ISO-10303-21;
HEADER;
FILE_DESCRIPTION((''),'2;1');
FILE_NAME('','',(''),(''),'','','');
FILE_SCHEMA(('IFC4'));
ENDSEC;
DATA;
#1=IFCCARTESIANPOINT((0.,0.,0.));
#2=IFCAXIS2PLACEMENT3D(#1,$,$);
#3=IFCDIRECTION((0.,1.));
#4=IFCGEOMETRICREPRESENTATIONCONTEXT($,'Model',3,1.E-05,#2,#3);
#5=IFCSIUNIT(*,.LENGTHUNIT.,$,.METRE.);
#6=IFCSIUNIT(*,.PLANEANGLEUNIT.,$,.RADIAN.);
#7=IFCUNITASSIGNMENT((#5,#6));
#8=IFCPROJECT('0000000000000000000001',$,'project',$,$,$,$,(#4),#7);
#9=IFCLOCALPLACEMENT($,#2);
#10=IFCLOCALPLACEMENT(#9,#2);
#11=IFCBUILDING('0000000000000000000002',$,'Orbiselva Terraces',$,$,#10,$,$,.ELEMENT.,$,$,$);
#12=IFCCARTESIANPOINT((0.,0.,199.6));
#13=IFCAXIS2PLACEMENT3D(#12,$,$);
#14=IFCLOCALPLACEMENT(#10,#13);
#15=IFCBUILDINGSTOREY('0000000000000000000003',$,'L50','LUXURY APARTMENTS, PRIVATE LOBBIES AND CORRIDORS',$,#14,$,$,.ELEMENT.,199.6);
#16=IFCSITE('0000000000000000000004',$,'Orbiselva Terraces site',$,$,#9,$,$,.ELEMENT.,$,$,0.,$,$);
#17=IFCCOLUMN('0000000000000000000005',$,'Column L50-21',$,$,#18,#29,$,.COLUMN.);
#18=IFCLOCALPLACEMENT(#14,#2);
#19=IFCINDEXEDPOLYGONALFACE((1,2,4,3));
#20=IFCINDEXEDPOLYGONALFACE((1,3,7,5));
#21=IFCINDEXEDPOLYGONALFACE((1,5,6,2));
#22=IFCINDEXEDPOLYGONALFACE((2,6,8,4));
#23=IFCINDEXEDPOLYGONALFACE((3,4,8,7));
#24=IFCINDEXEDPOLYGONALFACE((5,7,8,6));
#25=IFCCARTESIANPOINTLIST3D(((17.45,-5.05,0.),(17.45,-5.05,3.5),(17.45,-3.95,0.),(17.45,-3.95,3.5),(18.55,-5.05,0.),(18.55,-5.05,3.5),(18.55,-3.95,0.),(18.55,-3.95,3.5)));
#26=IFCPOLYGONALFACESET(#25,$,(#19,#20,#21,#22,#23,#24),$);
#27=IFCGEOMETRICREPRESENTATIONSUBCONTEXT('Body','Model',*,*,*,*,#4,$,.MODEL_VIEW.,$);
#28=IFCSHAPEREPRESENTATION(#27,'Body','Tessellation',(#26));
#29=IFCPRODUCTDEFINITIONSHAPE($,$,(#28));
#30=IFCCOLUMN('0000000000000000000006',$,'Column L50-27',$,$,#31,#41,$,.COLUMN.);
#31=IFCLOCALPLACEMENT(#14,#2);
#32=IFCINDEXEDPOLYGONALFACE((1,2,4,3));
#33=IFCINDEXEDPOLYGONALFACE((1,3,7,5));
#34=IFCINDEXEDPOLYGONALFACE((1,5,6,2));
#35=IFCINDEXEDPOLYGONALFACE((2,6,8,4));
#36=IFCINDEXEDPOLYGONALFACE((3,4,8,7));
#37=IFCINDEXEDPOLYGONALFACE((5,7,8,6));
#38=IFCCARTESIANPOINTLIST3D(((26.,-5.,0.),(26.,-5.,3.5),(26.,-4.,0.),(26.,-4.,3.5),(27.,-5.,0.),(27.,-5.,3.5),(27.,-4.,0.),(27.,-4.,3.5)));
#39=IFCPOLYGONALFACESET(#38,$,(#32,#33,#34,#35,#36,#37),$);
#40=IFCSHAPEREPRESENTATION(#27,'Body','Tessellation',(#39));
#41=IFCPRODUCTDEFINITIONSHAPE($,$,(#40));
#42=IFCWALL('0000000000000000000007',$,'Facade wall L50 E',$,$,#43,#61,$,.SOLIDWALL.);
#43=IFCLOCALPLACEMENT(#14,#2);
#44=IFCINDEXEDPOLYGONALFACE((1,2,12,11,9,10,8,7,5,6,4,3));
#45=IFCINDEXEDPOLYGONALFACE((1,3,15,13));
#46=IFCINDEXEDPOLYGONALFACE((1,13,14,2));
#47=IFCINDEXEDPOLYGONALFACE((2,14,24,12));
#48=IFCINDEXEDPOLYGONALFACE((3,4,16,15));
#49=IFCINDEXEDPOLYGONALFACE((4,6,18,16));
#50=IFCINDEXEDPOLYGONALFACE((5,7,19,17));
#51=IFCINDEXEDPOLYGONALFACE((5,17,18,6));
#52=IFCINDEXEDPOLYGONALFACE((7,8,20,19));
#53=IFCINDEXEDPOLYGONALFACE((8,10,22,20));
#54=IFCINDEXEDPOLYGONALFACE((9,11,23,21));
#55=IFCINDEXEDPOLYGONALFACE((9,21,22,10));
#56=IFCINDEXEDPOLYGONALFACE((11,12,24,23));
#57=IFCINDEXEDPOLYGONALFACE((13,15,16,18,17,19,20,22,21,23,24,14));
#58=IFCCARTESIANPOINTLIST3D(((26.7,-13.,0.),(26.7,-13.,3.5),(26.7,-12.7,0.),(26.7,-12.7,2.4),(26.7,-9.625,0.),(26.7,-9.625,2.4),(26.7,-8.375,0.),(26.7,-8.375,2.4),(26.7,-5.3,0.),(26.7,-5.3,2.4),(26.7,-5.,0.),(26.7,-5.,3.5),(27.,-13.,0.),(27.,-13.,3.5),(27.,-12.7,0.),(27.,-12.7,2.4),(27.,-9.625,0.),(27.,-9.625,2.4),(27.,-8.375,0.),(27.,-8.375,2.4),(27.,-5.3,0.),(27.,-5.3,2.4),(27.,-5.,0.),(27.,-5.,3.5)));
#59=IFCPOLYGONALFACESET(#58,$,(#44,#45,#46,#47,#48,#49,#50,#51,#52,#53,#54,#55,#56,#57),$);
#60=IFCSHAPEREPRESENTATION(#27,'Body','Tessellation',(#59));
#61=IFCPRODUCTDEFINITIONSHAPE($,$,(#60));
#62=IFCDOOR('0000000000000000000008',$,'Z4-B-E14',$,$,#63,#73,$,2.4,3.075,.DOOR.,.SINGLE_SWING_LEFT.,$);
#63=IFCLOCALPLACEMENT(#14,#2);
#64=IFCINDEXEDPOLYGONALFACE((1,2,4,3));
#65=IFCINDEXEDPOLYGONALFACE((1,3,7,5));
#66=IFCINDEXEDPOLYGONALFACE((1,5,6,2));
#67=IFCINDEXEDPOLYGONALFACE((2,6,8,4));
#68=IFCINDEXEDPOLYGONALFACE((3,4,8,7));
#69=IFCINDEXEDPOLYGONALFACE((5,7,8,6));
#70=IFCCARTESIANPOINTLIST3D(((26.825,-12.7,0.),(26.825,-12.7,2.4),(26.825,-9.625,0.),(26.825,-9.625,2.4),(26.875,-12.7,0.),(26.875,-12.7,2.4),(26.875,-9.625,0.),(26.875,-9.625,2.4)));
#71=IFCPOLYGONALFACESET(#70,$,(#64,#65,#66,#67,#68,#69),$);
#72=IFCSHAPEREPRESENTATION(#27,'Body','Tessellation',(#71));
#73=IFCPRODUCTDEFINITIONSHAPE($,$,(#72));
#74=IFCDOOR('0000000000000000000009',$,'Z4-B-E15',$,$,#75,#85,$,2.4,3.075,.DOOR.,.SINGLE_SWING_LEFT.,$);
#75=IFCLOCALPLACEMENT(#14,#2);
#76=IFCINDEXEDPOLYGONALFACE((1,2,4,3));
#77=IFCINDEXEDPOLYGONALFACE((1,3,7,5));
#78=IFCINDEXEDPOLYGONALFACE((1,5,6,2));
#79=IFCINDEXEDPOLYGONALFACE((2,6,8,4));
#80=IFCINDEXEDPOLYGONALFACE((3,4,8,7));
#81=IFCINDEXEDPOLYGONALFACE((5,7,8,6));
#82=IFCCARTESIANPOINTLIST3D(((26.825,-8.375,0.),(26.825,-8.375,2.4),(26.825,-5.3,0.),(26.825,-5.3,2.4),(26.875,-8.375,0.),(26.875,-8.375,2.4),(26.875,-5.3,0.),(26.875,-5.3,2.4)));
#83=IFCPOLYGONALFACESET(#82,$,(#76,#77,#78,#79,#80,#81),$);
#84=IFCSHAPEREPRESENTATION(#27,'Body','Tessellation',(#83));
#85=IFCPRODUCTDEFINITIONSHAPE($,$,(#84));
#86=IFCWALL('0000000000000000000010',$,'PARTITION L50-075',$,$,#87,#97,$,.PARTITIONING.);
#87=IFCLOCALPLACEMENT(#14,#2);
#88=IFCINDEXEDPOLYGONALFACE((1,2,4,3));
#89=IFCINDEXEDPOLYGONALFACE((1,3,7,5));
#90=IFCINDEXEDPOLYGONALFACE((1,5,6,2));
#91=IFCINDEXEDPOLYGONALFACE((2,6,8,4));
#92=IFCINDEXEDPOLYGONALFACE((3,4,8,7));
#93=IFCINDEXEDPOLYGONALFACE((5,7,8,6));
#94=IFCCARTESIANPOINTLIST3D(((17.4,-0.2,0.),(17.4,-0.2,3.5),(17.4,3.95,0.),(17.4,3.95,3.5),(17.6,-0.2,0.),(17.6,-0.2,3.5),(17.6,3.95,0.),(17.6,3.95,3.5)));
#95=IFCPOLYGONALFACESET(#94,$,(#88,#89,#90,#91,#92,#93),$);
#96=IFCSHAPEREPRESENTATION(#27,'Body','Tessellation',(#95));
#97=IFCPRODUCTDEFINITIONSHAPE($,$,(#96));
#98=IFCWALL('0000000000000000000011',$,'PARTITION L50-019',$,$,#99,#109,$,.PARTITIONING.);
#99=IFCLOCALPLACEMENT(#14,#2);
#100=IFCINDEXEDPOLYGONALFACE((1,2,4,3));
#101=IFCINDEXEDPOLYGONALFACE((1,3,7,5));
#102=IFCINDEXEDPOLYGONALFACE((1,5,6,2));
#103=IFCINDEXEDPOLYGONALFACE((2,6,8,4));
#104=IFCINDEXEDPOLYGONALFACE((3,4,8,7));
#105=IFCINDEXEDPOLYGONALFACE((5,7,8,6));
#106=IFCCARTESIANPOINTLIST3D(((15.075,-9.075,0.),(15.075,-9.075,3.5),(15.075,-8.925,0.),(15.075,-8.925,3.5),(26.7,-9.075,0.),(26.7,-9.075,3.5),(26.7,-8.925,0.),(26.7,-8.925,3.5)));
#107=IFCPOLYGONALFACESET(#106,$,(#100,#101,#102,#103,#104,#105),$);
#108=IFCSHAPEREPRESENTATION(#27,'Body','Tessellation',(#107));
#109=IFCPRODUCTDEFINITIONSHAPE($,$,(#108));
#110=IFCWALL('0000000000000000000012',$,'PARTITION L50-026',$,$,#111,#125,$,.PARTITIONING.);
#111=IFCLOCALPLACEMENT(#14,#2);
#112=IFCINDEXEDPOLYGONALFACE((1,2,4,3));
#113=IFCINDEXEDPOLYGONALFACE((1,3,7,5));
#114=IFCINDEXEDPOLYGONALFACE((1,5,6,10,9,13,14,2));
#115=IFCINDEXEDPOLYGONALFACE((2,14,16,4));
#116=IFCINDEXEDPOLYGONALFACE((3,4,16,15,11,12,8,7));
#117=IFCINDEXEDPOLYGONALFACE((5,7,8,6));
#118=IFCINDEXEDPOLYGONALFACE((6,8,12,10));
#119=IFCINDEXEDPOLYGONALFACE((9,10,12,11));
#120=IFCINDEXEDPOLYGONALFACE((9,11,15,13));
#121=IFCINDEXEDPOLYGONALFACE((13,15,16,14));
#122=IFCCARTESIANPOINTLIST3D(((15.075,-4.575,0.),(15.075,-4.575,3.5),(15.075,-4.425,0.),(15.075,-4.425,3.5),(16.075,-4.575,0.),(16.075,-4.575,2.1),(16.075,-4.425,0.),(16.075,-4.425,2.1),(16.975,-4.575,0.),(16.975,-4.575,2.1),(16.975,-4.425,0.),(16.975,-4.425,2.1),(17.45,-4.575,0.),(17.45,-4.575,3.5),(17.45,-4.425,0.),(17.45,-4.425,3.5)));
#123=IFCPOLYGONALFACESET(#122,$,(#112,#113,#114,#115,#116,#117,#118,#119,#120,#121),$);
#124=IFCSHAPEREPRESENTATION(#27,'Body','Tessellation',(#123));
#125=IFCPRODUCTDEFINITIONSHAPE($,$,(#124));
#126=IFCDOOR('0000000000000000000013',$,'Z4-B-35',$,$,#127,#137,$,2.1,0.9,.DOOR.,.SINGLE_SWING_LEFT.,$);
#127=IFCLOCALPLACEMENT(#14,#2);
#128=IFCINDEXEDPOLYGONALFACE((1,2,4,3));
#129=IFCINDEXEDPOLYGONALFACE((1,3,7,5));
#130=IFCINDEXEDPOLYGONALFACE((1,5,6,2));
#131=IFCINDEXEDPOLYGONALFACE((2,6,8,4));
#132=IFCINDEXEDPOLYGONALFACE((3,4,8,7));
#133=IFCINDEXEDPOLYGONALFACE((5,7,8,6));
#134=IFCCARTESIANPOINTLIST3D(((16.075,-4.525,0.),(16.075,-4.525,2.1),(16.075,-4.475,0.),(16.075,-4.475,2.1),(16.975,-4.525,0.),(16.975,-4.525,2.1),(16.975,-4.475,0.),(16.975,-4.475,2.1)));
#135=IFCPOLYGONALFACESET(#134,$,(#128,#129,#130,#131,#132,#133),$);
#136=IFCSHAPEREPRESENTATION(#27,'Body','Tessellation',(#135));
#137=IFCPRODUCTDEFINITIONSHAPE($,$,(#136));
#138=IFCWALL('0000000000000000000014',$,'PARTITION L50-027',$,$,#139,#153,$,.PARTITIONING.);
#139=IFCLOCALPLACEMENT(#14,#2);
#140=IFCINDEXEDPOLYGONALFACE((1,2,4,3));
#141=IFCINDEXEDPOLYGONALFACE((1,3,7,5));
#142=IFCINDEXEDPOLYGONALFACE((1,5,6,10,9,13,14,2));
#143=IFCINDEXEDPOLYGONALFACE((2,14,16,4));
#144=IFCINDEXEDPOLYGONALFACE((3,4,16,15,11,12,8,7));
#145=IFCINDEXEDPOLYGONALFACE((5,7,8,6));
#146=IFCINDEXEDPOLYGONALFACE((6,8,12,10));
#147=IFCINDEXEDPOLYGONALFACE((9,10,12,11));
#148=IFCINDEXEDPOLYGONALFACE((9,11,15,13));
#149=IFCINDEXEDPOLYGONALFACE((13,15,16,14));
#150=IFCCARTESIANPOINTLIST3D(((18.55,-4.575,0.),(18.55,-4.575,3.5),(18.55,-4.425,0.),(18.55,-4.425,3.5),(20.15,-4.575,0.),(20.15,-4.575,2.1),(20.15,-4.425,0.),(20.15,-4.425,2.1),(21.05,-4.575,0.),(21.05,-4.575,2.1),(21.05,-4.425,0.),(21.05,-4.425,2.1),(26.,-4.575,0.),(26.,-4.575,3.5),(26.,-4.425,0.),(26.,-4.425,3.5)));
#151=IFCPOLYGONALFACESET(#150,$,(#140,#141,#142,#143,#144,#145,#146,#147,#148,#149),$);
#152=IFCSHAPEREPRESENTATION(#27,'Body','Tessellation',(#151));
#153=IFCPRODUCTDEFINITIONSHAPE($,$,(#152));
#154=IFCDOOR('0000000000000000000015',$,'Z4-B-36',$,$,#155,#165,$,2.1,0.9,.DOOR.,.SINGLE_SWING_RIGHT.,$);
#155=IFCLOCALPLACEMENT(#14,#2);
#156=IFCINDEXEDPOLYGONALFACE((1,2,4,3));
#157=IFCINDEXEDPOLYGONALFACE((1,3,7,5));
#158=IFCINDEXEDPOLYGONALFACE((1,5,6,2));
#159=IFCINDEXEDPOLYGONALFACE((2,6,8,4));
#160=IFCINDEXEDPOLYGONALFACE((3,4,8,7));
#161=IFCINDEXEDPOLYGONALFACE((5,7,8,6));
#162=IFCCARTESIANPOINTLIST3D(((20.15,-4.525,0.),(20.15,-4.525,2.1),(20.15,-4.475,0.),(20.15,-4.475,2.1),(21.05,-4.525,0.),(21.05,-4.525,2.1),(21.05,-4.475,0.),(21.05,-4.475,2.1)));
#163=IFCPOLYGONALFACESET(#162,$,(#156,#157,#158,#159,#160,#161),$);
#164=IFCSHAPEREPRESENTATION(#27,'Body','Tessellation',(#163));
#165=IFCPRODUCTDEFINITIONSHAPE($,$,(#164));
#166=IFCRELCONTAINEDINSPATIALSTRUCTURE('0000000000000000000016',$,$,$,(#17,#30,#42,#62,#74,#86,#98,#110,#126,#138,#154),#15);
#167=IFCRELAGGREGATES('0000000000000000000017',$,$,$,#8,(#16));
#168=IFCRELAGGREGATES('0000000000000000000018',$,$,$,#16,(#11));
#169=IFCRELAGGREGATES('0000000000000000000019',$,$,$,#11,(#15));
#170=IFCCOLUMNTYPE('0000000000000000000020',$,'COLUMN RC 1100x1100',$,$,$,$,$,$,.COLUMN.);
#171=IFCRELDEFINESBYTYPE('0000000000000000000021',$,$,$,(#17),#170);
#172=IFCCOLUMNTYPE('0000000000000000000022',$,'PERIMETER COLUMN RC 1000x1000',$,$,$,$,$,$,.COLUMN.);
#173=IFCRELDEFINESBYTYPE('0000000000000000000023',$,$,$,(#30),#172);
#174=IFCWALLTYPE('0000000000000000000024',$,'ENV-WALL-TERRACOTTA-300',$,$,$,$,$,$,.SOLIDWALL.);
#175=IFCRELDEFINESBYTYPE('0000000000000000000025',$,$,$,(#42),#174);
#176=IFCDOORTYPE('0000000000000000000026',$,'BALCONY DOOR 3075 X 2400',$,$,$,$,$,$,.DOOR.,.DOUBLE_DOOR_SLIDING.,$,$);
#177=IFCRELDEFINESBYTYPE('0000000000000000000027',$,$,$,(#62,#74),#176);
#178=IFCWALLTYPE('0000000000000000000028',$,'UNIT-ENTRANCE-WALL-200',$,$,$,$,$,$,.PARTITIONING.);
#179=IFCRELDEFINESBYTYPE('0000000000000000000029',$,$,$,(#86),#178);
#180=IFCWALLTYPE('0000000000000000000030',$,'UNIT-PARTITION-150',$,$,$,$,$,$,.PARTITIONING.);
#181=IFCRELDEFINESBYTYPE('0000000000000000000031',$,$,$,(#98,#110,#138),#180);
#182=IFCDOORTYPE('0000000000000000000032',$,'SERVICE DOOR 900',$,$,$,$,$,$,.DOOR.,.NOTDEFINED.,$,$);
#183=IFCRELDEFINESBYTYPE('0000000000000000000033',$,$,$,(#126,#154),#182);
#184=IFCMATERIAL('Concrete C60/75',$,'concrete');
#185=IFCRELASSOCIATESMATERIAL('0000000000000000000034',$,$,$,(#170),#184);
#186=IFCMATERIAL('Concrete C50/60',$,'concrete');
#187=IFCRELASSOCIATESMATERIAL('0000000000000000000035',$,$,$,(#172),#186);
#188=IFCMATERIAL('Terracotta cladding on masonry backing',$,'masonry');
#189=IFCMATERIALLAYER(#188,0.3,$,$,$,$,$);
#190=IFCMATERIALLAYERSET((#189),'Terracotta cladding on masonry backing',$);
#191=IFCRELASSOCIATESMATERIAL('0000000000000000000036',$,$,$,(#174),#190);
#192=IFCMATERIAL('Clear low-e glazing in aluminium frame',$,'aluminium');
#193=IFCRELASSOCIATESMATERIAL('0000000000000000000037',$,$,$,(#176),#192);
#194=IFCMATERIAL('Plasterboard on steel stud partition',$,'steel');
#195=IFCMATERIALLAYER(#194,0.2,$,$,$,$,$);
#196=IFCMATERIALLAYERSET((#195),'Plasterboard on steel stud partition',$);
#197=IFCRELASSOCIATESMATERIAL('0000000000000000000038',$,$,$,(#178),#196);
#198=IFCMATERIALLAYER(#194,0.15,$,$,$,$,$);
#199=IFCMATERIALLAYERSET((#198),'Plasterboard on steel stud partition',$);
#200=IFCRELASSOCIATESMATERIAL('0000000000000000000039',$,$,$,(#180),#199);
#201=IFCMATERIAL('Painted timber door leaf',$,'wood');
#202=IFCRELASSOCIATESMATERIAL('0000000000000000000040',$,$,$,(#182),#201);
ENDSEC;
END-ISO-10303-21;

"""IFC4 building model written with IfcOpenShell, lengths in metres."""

from ifc_helpers import new_model, si_unit, direction, frame, frame_2d, origin, origin_2d, place, context, subcontext, project, spatial, rectangle, extrude, material, layer, layer_set, material_profile, profile_set, type_object, element, fill, save


model = new_model("IFC4")

# Units and contexts
model_context = context("Model", 3, precision=1e-05, world=origin(), true_north=direction((0.0, 1.0)))
body_context = subcontext(model_context, "Body", "Model", "MODEL_VIEW")
ifc_project = project(units=[si_unit("LENGTHUNIT", "METRE"), si_unit("PLANEANGLEUNIT", "RADIAN")], contexts=[model_context])

# Site, building, storey
site_placement = place(None, origin())
site = spatial("IfcSite", under=ifc_project, at=site_placement, Name="Orbiselva Terraces site", CompositionType="ELEMENT", RefElevation=0.0)
building_placement = place(site_placement, origin())
building = spatial("IfcBuilding", under=site, at=building_placement, Name="Orbiselva Terraces", CompositionType="ELEMENT")
storey_placement = place(building_placement, frame((0.0, 0.0, 199.6)))
storey = spatial("IfcBuildingStorey", under=building, at=storey_placement, Name="L50", Description="LUXURY APARTMENTS, PRIVATE LOBBIES AND CORRIDORS", CompositionType="ELEMENT", Elevation=199.6)

# Columns
ifc_material_1 = material(Name="Concrete C60/75", Category="concrete")
ifc_material_profile_1 = material_profile(ifc_material_1, rectangle(XDim=1.1, YDim=1.1, at=origin_2d()), Name="RC 1100x1100")
ifc_profile_set_1 = profile_set([ifc_material_profile_1], Name="Concrete C60/75")
column_type_1 = type_object("IfcColumnType", Name="COLUMN RC 1100x1100", PredefinedType="COLUMN", material=ifc_profile_set_1)
column_1_placement = place(storey_placement, frame((18.0, -4.5, 0.0), z_axis=(0.0, 0.0, 1.0), x_axis=(1.0, 0.0, 0.0)))
element("IfcColumn", 1, at=column_1_placement, inside=storey, type_object=column_type_1, Name="Column L50-21", PredefinedType="COLUMN", context=body_context, shape_type="SweptSolid", body=[
    extrude(rectangle(XDim=1.1, YDim=1.1, at=origin_2d()), origin(), (0.0, 0.0, 1.0), 3.5),
])
ifc_material_2 = material(Name="Concrete C50/60", Category="concrete")
ifc_material_profile_2 = material_profile(ifc_material_2, rectangle(XDim=1.0, YDim=1.0, at=origin_2d()), Name="RC 1000x1000")
ifc_profile_set_2 = profile_set([ifc_material_profile_2], Name="Concrete C50/60")
column_type_2 = type_object("IfcColumnType", Name="PERIMETER COLUMN RC 1000x1000", PredefinedType="COLUMN", material=ifc_profile_set_2)
column_2_placement = place(storey_placement, frame((26.5, -4.5, 0.0), z_axis=(0.0, 0.0, 1.0), x_axis=(1.0, 0.0, 0.0)))
element("IfcColumn", 2, at=column_2_placement, inside=storey, type_object=column_type_2, Name="Column L50-27", PredefinedType="COLUMN", context=body_context, shape_type="SweptSolid", body=[
    extrude(rectangle(XDim=1.0, YDim=1.0, at=origin_2d()), origin(), (0.0, 0.0, 1.0), 3.5),
])

# Wall, openings, doors
ifc_material_3 = material(Name="Terracotta cladding on masonry backing", Category="masonry")
ifc_layer_1 = layer(ifc_material_3, 0.3)
ifc_layer_set_1 = layer_set([ifc_layer_1], Name="Terracotta cladding on masonry backing")
wall_type_1 = type_object("IfcWallType", Name="ENV-WALL-TERRACOTTA-300", PredefinedType="SOLIDWALL", material=ifc_layer_set_1)
wall_1_placement = place(storey_placement, frame((26.85, -5.0, 0.0), z_axis=(0.0, 0.0, 1.0), x_axis=(0.0, -1.0, 0.0)))
wall_1 = element("IfcWall", 3, at=wall_1_placement, inside=storey, type_object=wall_type_1, Name="Facade wall L50 E", PredefinedType="SOLIDWALL", context=body_context, shape_type="SweptSolid", body=[
    extrude(rectangle(XDim=8.0, YDim=0.3, at=frame_2d((4.0, 0.0))), origin(), (0.0, 0.0, 1.0), 3.5),
])
opening_1_placement = place(wall_1_placement, frame((4.625, 0.0, 0.0)))
opening_1 = element("IfcOpeningElement", 4, at=opening_1_placement, cuts=wall_1, PredefinedType="OPENING", context=body_context, shape_type="SweptSolid", body=[
    extrude(rectangle(XDim=3.075, YDim=2.4, at=frame_2d((1.5375, 1.2))), frame((0.0, 0.16, 0.0), z_axis=(0.0, -1.0, 0.0), x_axis=(1.0, 0.0, 0.0)), (0.0, 0.0, 1.0), 0.32),
])
opening_2_placement = place(wall_1_placement, frame((0.3, 0.0, 0.0)))
opening_2 = element("IfcOpeningElement", 5, at=opening_2_placement, cuts=wall_1, PredefinedType="OPENING", context=body_context, shape_type="SweptSolid", body=[
    extrude(rectangle(XDim=3.075, YDim=2.4, at=frame_2d((1.5375, 1.2))), frame((0.0, 0.16, 0.0), z_axis=(0.0, -1.0, 0.0), x_axis=(1.0, 0.0, 0.0)), (0.0, 0.0, 1.0), 0.32),
])
ifc_material_4 = material(Name="Clear low-e glazing in aluminium frame", Category="aluminium")
door_type_1 = type_object("IfcDoorType", Name="BALCONY DOOR 3075 X 2400", OperationType="DOUBLE_DOOR_SLIDING", PredefinedType="DOOR", material=ifc_material_4)
door_1_placement = place(opening_1_placement, origin())
door_1 = element("IfcDoor", 6, at=door_1_placement, inside=storey, type_object=door_type_1, Name="Z4-B-E14", OperationType="SINGLE_SWING_LEFT", OverallHeight=2.4, OverallWidth=3.075, PredefinedType="DOOR", context=body_context, shape_type="SweptSolid", body=[
    extrude(rectangle(XDim=3.075, YDim=2.4, at=frame_2d((1.5375, 1.2))), frame((0.0, 0.025, 0.0), z_axis=(0.0, -1.0, 0.0), x_axis=(1.0, 0.0, 0.0)), (0.0, 0.0, 1.0), 0.05),
])
fill(opening_1, door_1)
door_2_placement = place(opening_2_placement, origin())
door_2 = element("IfcDoor", 7, at=door_2_placement, inside=storey, type_object=door_type_1, Name="Z4-B-E15", OperationType="SINGLE_SWING_LEFT", OverallHeight=2.4, OverallWidth=3.075, PredefinedType="DOOR", context=body_context, shape_type="SweptSolid", body=[
    extrude(rectangle(XDim=3.075, YDim=2.4, at=frame_2d((1.5375, 1.2))), frame((0.0, 0.025, 0.0), z_axis=(0.0, -1.0, 0.0), x_axis=(1.0, 0.0, 0.0)), (0.0, 0.0, 1.0), 0.05),
])
fill(opening_2, door_2)

# Walls
ifc_material_5 = material(Name="Plasterboard on steel stud partition", Category="steel")
ifc_layer_2 = layer(ifc_material_5, 0.2)
ifc_layer_set_2 = layer_set([ifc_layer_2], Name="Plasterboard on steel stud partition")
wall_type_2 = type_object("IfcWallType", Name="UNIT-ENTRANCE-WALL-200", PredefinedType="PARTITIONING", material=ifc_layer_set_2)
wall_2_placement = place(storey_placement, frame((17.5, -0.2, 0.0), z_axis=(0.0, 0.0, 1.0), x_axis=(0.0, 1.0, 0.0)))
element("IfcWall", 8, at=wall_2_placement, inside=storey, type_object=wall_type_2, Name="PARTITION L50-075", PredefinedType="PARTITIONING", context=body_context, shape_type="SweptSolid", body=[
    extrude(rectangle(XDim=4.15, YDim=0.2, at=frame_2d((2.075, 0.0))), origin(), (0.0, 0.0, 1.0), 3.5),
])
ifc_layer_3 = layer(ifc_material_5, 0.15)
ifc_layer_set_3 = layer_set([ifc_layer_3], Name="Plasterboard on steel stud partition")
wall_type_3 = type_object("IfcWallType", Name="UNIT-PARTITION-150", PredefinedType="PARTITIONING", material=ifc_layer_set_3)
wall_3_placement = place(storey_placement, frame((15.075, -9.0, 0.0), z_axis=(0.0, 0.0, 1.0), x_axis=(1.0, 0.0, 0.0)))
element("IfcWall", 9, at=wall_3_placement, inside=storey, type_object=wall_type_3, Name="PARTITION L50-019", PredefinedType="PARTITIONING", context=body_context, shape_type="SweptSolid", body=[
    extrude(rectangle(XDim=11.625, YDim=0.15, at=frame_2d((5.8125, 0.0))), origin(), (0.0, 0.0, 1.0), 3.5),
])

# Walls, openings, doors
wall_4_placement = place(storey_placement, frame((17.45, -4.5, 0.0), z_axis=(0.0, 0.0, 1.0), x_axis=(-1.0, 0.0, 0.0)))
wall_4 = element("IfcWall", 10, at=wall_4_placement, inside=storey, type_object=wall_type_3, Name="PARTITION L50-026", PredefinedType="PARTITIONING", context=body_context, shape_type="SweptSolid", body=[
    extrude(rectangle(XDim=2.375, YDim=0.15, at=frame_2d((1.1875, 0.0))), origin(), (0.0, 0.0, 1.0), 3.5),
])
opening_3_placement = place(wall_4_placement, frame((0.475, 0.0, 0.0)))
opening_3 = element("IfcOpeningElement", 11, at=opening_3_placement, cuts=wall_4, PredefinedType="OPENING", context=body_context, shape_type="SweptSolid", body=[
    extrude(rectangle(XDim=0.9, YDim=2.1, at=frame_2d((0.45, 1.05))), frame((0.0, 0.085, 0.0), z_axis=(0.0, -1.0, 0.0), x_axis=(1.0, 0.0, 0.0)), (0.0, 0.0, 1.0), 0.17),
])
ifc_material_6 = material(Name="Painted timber door leaf", Category="wood")
door_type_2 = type_object("IfcDoorType", Name="SERVICE DOOR 900", OperationType="NOTDEFINED", PredefinedType="DOOR", material=ifc_material_6)
door_3_placement = place(opening_3_placement, origin())
door_3 = element("IfcDoor", 12, at=door_3_placement, inside=storey, type_object=door_type_2, Name="Z4-B-35", OperationType="SINGLE_SWING_LEFT", OverallHeight=2.1, OverallWidth=0.9, PredefinedType="DOOR", context=body_context, shape_type="SweptSolid", body=[
    extrude(rectangle(XDim=0.9, YDim=2.1, at=frame_2d((0.45, 1.05))), frame((0.0, 0.025, 0.0), z_axis=(0.0, -1.0, 0.0), x_axis=(1.0, 0.0, 0.0)), (0.0, 0.0, 1.0), 0.05),
])
fill(opening_3, door_3)
wall_5_placement = place(storey_placement, frame((26.0, -4.5, 0.0), z_axis=(0.0, 0.0, 1.0), x_axis=(-1.0, 0.0, 0.0)))
wall_5 = element("IfcWall", 13, at=wall_5_placement, inside=storey, type_object=wall_type_3, Name="PARTITION L50-027", PredefinedType="PARTITIONING", context=body_context, shape_type="SweptSolid", body=[
    extrude(rectangle(XDim=7.45, YDim=0.15, at=frame_2d((3.725, 0.0))), origin(), (0.0, 0.0, 1.0), 3.5),
])
opening_4_placement = place(wall_5_placement, frame((4.95, 0.0, 0.0)))
opening_4 = element("IfcOpeningElement", 14, at=opening_4_placement, cuts=wall_5, PredefinedType="OPENING", context=body_context, shape_type="SweptSolid", body=[
    extrude(rectangle(XDim=0.9, YDim=2.1, at=frame_2d((0.45, 1.05))), frame((0.0, 0.085, 0.0), z_axis=(0.0, -1.0, 0.0), x_axis=(1.0, 0.0, 0.0)), (0.0, 0.0, 1.0), 0.17),
])
door_4_placement = place(opening_4_placement, origin())
door_4 = element("IfcDoor", 15, at=door_4_placement, inside=storey, type_object=door_type_2, Name="Z4-B-36", OperationType="SINGLE_SWING_RIGHT", OverallHeight=2.1, OverallWidth=0.9, PredefinedType="DOOR", context=body_context, shape_type="SweptSolid", body=[
    extrude(rectangle(XDim=0.9, YDim=2.1, at=frame_2d((0.45, 1.05))), frame((0.0, 0.025, 0.0), z_axis=(0.0, -1.0, 0.0), x_axis=(1.0, 0.0, 0.0)), (0.0, 0.0, 1.0), 0.05),
])
fill(opening_4, door_4)

save(model, "model.ifc")
